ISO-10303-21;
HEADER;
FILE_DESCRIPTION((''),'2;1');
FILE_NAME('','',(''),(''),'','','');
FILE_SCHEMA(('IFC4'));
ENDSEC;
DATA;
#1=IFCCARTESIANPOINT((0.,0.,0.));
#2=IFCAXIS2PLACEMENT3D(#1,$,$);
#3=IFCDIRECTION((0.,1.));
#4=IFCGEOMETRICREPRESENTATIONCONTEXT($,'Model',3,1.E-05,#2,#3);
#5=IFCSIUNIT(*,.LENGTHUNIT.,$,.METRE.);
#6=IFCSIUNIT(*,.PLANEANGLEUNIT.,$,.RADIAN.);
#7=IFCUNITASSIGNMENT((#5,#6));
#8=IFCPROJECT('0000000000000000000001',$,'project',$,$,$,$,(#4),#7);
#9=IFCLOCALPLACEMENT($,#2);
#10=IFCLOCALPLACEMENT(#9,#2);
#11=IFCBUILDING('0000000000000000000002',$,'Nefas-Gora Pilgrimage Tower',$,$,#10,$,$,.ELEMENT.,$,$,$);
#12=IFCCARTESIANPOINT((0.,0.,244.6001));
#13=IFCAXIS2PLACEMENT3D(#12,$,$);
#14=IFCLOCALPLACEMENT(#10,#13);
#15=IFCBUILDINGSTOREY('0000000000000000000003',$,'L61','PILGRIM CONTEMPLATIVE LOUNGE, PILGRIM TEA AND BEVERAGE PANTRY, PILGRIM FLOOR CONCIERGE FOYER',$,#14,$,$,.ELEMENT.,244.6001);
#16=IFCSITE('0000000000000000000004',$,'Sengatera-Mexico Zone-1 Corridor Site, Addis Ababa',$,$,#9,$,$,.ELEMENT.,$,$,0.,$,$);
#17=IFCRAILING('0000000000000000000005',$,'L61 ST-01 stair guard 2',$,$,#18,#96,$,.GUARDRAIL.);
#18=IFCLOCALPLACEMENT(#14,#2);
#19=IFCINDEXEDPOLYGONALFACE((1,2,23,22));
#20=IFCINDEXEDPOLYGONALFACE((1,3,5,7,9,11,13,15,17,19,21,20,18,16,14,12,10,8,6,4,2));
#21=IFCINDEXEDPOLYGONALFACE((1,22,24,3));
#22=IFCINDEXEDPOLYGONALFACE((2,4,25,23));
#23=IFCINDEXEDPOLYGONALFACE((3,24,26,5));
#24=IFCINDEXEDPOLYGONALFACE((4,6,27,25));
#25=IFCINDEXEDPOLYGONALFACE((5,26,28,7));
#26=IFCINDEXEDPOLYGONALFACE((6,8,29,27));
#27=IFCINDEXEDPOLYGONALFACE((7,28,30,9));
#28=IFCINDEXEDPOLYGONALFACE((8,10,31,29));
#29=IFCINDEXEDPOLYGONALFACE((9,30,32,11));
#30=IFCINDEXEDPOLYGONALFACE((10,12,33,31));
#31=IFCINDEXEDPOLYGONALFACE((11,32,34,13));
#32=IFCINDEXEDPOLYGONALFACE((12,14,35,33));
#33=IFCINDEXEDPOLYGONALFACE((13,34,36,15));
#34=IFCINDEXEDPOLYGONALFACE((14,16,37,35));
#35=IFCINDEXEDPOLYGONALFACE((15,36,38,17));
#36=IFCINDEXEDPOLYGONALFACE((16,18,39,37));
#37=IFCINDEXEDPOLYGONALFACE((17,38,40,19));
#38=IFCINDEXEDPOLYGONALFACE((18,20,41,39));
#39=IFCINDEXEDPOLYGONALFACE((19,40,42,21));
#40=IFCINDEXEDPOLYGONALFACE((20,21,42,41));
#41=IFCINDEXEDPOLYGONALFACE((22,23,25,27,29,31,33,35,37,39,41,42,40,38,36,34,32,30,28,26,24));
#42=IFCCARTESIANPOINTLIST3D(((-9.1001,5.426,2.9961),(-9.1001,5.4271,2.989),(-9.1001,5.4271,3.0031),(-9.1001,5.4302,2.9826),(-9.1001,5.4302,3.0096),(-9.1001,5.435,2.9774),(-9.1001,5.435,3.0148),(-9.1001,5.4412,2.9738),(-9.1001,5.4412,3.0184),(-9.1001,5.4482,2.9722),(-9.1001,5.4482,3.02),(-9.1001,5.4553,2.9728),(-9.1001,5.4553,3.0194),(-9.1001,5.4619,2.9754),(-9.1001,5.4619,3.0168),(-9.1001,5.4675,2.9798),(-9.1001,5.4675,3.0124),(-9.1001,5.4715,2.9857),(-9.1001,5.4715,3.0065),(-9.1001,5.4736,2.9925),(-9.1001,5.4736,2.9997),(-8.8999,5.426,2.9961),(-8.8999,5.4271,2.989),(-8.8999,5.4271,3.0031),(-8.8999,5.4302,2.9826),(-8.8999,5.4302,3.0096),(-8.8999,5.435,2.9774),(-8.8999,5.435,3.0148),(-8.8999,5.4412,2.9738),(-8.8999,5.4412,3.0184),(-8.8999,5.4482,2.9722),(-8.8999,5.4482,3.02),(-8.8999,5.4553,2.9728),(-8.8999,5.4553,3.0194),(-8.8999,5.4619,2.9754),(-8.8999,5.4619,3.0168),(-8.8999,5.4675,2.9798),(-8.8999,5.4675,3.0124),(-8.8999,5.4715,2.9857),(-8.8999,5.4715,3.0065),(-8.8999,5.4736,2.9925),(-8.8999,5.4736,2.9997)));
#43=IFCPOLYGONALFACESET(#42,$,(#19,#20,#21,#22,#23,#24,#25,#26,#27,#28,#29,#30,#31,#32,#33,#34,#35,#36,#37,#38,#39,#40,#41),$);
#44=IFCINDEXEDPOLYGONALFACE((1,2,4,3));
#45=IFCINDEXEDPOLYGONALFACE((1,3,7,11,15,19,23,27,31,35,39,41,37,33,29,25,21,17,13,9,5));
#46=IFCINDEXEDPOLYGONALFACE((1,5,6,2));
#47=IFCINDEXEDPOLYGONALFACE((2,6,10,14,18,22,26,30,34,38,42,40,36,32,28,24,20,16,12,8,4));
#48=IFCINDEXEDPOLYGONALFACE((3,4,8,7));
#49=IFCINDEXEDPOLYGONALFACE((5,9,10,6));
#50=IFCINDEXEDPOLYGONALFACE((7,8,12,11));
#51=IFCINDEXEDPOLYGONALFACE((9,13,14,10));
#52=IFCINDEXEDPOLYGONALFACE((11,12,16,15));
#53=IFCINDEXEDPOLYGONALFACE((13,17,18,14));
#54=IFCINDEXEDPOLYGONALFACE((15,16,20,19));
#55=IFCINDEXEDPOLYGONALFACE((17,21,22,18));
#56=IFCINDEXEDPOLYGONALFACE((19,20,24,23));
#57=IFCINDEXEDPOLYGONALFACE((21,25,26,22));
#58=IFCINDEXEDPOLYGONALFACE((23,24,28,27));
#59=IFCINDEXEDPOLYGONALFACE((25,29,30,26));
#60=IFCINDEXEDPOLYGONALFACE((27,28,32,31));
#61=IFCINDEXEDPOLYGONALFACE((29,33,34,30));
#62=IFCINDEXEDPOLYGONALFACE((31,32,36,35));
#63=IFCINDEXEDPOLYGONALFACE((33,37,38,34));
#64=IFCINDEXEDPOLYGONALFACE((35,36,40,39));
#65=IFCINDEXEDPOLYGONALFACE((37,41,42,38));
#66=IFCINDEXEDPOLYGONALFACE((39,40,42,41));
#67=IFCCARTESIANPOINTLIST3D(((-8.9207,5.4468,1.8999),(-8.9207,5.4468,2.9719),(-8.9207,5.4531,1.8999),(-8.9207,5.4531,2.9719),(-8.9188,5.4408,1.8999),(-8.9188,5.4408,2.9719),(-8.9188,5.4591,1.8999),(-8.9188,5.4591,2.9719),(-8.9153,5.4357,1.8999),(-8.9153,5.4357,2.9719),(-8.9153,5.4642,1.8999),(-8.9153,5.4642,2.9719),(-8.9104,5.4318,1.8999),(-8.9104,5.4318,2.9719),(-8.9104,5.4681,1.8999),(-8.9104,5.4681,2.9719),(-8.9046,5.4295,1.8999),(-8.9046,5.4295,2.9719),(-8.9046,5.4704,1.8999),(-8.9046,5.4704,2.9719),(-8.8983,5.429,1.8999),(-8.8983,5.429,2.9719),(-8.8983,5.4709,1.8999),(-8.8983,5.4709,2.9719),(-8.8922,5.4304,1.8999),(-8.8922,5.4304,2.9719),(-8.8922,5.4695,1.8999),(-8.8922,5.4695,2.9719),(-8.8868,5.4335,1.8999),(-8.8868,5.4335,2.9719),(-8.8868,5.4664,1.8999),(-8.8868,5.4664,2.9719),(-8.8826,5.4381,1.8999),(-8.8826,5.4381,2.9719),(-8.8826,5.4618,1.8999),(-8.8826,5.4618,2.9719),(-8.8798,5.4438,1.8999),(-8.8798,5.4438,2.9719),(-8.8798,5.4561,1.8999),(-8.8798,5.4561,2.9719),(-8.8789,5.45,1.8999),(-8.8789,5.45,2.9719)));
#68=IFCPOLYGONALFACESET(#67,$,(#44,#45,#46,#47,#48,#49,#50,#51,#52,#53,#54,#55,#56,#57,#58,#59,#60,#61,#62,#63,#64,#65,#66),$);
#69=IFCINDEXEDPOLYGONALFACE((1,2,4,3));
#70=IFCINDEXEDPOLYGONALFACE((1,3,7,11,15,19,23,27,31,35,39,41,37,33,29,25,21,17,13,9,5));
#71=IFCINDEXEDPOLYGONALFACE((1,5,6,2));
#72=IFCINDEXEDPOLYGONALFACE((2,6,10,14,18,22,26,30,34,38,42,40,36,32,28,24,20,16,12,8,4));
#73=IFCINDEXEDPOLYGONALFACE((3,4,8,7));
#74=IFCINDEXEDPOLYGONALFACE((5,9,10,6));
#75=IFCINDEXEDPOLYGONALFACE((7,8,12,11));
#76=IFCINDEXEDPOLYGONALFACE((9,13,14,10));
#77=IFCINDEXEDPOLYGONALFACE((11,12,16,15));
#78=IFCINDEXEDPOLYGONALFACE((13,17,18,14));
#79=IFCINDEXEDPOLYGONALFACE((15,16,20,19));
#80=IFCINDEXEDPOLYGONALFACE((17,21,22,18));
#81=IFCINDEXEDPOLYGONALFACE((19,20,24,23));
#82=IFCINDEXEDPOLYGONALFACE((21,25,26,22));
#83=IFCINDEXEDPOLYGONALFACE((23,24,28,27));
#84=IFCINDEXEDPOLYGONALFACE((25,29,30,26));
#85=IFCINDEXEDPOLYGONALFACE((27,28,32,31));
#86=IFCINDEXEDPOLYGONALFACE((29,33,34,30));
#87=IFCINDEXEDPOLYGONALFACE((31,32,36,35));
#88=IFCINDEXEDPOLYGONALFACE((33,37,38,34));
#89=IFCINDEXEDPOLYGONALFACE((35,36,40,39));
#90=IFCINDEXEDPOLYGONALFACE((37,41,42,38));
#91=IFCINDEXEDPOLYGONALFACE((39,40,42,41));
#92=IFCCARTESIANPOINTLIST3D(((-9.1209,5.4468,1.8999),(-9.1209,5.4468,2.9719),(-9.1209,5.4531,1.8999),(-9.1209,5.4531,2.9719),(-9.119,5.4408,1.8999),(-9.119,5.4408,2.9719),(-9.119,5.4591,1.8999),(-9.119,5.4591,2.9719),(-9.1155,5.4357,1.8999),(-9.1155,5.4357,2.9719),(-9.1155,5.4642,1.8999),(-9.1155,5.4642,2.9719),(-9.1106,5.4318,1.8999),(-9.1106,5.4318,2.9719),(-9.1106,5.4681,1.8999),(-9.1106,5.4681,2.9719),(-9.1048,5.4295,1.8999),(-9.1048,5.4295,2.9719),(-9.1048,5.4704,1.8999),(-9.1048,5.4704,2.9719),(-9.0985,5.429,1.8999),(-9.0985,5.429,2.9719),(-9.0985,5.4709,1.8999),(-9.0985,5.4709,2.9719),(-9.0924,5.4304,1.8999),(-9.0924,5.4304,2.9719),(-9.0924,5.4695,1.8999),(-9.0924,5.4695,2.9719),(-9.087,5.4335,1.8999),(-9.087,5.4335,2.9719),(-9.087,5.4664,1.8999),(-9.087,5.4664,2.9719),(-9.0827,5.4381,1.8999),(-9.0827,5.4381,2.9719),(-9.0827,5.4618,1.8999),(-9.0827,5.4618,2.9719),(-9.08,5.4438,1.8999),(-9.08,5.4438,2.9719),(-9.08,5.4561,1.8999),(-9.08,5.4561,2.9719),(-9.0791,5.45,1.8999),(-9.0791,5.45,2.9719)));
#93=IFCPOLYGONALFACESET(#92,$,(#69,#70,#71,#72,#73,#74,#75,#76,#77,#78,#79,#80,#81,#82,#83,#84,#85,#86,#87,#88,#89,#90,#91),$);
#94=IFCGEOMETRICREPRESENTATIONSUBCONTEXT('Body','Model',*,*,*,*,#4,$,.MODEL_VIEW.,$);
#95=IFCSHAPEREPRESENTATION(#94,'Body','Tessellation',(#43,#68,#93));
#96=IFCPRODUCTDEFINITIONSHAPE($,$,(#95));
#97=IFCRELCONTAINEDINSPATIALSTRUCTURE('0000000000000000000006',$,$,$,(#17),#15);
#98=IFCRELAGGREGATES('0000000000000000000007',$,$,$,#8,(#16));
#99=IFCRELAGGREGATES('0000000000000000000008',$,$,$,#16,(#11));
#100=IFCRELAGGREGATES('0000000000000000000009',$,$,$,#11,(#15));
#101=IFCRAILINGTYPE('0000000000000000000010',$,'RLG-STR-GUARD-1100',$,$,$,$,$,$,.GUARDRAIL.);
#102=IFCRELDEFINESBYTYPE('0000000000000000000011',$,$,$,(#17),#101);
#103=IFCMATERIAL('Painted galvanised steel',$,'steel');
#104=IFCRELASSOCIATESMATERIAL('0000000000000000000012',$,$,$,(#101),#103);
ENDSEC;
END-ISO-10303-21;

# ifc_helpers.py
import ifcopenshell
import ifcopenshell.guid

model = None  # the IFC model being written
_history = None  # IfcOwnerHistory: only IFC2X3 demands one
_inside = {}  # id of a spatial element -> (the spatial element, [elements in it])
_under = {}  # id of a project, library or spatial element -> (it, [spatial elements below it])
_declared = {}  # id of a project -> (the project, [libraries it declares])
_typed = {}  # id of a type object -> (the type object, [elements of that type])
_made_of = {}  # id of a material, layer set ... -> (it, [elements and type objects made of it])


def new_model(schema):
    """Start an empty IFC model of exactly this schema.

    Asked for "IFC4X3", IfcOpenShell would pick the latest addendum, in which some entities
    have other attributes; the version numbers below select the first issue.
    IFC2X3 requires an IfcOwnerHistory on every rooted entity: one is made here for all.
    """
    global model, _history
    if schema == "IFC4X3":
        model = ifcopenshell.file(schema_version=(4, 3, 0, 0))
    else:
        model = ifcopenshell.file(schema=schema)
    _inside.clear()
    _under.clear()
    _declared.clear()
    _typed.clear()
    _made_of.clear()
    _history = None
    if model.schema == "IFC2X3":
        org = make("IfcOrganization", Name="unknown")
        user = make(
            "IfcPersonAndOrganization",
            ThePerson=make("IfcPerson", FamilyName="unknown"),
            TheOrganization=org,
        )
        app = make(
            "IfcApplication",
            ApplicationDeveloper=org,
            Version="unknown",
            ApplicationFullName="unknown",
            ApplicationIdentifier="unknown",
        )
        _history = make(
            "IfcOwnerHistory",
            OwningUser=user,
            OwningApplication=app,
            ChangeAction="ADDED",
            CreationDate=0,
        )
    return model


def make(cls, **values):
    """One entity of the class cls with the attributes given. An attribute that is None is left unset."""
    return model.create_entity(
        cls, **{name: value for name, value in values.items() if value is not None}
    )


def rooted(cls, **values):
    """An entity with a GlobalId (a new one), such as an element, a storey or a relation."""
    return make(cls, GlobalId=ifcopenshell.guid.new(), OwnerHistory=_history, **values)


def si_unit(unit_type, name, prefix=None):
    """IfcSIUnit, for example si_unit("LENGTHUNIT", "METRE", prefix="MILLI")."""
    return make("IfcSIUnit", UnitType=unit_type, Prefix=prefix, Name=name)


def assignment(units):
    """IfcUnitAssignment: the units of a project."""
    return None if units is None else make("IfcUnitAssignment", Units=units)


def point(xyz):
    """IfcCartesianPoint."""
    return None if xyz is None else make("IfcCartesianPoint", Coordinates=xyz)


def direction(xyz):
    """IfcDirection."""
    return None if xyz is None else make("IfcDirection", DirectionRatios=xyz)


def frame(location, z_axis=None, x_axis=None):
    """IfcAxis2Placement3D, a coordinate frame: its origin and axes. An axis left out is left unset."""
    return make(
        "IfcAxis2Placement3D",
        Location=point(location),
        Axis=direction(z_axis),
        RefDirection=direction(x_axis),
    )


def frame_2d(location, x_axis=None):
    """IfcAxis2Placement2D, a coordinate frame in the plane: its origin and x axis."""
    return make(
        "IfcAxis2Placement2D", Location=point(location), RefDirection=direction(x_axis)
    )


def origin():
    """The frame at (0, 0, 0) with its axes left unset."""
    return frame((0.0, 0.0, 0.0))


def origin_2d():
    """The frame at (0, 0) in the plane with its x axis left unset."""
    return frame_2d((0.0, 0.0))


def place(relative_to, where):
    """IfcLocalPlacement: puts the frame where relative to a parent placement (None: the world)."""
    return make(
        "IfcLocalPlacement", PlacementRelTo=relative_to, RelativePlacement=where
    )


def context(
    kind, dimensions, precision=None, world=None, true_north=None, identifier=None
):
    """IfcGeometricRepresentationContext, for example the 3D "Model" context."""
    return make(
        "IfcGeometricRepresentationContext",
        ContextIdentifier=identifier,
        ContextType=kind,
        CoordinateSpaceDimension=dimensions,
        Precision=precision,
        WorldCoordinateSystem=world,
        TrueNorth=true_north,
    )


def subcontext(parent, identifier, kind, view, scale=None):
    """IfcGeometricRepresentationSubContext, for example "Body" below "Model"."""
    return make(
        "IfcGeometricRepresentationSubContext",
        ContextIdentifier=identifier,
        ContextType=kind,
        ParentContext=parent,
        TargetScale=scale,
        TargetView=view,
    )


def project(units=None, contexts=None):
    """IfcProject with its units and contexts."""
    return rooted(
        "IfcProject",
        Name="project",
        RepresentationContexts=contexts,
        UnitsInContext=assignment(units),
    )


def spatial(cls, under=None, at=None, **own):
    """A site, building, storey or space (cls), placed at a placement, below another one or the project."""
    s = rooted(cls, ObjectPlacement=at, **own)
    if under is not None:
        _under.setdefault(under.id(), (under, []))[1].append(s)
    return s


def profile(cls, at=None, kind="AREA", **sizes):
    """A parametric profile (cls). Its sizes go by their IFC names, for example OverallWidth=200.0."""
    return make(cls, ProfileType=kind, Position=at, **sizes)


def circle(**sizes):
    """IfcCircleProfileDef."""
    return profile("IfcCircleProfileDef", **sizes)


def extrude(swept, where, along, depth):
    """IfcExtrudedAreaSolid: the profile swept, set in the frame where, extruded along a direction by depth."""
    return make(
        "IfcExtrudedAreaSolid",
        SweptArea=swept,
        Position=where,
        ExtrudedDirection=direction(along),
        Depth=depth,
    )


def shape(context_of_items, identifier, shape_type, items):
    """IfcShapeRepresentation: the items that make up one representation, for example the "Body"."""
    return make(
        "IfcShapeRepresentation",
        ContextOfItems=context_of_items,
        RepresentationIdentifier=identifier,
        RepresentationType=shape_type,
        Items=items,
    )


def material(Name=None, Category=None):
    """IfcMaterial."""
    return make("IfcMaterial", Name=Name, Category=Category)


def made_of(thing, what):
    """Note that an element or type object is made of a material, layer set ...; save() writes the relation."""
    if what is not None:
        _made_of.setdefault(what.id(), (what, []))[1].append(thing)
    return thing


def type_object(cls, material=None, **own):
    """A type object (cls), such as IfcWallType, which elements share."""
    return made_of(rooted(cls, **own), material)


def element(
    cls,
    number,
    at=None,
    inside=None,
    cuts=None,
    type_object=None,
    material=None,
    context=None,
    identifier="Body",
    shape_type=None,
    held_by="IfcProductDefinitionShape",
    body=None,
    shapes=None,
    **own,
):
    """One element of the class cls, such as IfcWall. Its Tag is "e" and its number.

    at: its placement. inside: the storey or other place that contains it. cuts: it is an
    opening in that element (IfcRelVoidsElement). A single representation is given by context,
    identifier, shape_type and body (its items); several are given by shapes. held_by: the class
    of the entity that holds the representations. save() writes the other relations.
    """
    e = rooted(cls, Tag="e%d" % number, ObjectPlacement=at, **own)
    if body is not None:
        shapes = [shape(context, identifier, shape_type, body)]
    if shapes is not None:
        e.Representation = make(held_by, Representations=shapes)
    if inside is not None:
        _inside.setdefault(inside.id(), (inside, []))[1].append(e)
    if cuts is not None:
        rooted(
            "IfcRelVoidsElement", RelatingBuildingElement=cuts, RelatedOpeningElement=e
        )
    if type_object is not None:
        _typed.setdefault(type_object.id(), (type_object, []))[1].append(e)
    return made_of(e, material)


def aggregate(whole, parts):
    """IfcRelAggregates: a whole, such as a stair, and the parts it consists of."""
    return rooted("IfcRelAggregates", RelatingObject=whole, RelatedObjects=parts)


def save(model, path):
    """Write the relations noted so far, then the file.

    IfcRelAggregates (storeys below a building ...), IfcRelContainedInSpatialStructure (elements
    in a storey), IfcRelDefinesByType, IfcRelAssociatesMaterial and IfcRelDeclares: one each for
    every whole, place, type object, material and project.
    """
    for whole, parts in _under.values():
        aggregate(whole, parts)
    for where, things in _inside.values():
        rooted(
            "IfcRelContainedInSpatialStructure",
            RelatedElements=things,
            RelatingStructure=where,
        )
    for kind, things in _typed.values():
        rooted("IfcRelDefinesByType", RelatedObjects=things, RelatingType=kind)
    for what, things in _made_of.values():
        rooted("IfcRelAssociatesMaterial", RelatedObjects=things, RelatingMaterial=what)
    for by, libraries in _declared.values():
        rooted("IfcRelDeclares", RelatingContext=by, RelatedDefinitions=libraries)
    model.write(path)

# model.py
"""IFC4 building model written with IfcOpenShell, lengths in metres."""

from ifc_helpers import new_model, si_unit, direction, frame, origin, origin_2d, place, context, subcontext, project, spatial, circle, extrude, material, type_object, element, save


model = new_model("IFC4")

# Units and contexts
model_context = context("Model", 3, precision=1e-05, world=origin(), true_north=direction((0.0, 1.0)))
body_context = subcontext(model_context, "Body", "Model", "MODEL_VIEW")
ifc_project = project(units=[si_unit("LENGTHUNIT", "METRE"), si_unit("PLANEANGLEUNIT", "RADIAN")], contexts=[model_context])

# Site, building, storey
site_placement = place(None, origin())
site = spatial("IfcSite", under=ifc_project, at=site_placement, Name="Sengatera-Mexico Zone-1 Corridor Site, Addis Ababa", CompositionType="ELEMENT", RefElevation=0.0)
building_placement = place(site_placement, origin())
building = spatial("IfcBuilding", under=site, at=building_placement, Name="Nefas-Gora Pilgrimage Tower", CompositionType="ELEMENT")
storey_placement = place(building_placement, frame((0.0, 0.0, 244.6001)))
storey = spatial("IfcBuildingStorey", under=building, at=storey_placement, Name="L61", Description="PILGRIM CONTEMPLATIVE LOUNGE, PILGRIM TEA AND BEVERAGE PANTRY, PILGRIM FLOOR CONCIERGE FOYER", CompositionType="ELEMENT", Elevation=244.6001)

# Railing
ifc_material_1 = material(Name="Painted galvanised steel", Category="steel")
railing_type_1 = type_object("IfcRailingType", Name="RLG-STR-GUARD-1100", PredefinedType="GUARDRAIL", material=ifc_material_1)
railing_1_placement = place(storey_placement, frame((-8.8999, 5.45, 1.8999)))
element("IfcRailing", 1, at=railing_1_placement, inside=storey, type_object=railing_type_1, Name="L61 ST-01 stair guard 2", PredefinedType="GUARDRAIL", context=body_context, shape_type="SweptSolid", body=[
    extrude(circle(Radius=0.0239, at=origin_2d()), frame((0.0, 0.0, 1.0962), z_axis=(-1.0, 0.0, 0.0), x_axis=(0.0, -1.0, 0.0)), (0.0, 0.0, 1.0), 0.2002),
    extrude(circle(Radius=0.021, at=origin_2d()), origin(), (0.0, 0.0, 1.0), 1.072),
    extrude(circle(Radius=0.021, at=origin_2d()), frame((-0.2002, 0.0, 0.0)), (0.0, 0.0, 1.0), 1.072),
])

save(model, "model.ifc")
